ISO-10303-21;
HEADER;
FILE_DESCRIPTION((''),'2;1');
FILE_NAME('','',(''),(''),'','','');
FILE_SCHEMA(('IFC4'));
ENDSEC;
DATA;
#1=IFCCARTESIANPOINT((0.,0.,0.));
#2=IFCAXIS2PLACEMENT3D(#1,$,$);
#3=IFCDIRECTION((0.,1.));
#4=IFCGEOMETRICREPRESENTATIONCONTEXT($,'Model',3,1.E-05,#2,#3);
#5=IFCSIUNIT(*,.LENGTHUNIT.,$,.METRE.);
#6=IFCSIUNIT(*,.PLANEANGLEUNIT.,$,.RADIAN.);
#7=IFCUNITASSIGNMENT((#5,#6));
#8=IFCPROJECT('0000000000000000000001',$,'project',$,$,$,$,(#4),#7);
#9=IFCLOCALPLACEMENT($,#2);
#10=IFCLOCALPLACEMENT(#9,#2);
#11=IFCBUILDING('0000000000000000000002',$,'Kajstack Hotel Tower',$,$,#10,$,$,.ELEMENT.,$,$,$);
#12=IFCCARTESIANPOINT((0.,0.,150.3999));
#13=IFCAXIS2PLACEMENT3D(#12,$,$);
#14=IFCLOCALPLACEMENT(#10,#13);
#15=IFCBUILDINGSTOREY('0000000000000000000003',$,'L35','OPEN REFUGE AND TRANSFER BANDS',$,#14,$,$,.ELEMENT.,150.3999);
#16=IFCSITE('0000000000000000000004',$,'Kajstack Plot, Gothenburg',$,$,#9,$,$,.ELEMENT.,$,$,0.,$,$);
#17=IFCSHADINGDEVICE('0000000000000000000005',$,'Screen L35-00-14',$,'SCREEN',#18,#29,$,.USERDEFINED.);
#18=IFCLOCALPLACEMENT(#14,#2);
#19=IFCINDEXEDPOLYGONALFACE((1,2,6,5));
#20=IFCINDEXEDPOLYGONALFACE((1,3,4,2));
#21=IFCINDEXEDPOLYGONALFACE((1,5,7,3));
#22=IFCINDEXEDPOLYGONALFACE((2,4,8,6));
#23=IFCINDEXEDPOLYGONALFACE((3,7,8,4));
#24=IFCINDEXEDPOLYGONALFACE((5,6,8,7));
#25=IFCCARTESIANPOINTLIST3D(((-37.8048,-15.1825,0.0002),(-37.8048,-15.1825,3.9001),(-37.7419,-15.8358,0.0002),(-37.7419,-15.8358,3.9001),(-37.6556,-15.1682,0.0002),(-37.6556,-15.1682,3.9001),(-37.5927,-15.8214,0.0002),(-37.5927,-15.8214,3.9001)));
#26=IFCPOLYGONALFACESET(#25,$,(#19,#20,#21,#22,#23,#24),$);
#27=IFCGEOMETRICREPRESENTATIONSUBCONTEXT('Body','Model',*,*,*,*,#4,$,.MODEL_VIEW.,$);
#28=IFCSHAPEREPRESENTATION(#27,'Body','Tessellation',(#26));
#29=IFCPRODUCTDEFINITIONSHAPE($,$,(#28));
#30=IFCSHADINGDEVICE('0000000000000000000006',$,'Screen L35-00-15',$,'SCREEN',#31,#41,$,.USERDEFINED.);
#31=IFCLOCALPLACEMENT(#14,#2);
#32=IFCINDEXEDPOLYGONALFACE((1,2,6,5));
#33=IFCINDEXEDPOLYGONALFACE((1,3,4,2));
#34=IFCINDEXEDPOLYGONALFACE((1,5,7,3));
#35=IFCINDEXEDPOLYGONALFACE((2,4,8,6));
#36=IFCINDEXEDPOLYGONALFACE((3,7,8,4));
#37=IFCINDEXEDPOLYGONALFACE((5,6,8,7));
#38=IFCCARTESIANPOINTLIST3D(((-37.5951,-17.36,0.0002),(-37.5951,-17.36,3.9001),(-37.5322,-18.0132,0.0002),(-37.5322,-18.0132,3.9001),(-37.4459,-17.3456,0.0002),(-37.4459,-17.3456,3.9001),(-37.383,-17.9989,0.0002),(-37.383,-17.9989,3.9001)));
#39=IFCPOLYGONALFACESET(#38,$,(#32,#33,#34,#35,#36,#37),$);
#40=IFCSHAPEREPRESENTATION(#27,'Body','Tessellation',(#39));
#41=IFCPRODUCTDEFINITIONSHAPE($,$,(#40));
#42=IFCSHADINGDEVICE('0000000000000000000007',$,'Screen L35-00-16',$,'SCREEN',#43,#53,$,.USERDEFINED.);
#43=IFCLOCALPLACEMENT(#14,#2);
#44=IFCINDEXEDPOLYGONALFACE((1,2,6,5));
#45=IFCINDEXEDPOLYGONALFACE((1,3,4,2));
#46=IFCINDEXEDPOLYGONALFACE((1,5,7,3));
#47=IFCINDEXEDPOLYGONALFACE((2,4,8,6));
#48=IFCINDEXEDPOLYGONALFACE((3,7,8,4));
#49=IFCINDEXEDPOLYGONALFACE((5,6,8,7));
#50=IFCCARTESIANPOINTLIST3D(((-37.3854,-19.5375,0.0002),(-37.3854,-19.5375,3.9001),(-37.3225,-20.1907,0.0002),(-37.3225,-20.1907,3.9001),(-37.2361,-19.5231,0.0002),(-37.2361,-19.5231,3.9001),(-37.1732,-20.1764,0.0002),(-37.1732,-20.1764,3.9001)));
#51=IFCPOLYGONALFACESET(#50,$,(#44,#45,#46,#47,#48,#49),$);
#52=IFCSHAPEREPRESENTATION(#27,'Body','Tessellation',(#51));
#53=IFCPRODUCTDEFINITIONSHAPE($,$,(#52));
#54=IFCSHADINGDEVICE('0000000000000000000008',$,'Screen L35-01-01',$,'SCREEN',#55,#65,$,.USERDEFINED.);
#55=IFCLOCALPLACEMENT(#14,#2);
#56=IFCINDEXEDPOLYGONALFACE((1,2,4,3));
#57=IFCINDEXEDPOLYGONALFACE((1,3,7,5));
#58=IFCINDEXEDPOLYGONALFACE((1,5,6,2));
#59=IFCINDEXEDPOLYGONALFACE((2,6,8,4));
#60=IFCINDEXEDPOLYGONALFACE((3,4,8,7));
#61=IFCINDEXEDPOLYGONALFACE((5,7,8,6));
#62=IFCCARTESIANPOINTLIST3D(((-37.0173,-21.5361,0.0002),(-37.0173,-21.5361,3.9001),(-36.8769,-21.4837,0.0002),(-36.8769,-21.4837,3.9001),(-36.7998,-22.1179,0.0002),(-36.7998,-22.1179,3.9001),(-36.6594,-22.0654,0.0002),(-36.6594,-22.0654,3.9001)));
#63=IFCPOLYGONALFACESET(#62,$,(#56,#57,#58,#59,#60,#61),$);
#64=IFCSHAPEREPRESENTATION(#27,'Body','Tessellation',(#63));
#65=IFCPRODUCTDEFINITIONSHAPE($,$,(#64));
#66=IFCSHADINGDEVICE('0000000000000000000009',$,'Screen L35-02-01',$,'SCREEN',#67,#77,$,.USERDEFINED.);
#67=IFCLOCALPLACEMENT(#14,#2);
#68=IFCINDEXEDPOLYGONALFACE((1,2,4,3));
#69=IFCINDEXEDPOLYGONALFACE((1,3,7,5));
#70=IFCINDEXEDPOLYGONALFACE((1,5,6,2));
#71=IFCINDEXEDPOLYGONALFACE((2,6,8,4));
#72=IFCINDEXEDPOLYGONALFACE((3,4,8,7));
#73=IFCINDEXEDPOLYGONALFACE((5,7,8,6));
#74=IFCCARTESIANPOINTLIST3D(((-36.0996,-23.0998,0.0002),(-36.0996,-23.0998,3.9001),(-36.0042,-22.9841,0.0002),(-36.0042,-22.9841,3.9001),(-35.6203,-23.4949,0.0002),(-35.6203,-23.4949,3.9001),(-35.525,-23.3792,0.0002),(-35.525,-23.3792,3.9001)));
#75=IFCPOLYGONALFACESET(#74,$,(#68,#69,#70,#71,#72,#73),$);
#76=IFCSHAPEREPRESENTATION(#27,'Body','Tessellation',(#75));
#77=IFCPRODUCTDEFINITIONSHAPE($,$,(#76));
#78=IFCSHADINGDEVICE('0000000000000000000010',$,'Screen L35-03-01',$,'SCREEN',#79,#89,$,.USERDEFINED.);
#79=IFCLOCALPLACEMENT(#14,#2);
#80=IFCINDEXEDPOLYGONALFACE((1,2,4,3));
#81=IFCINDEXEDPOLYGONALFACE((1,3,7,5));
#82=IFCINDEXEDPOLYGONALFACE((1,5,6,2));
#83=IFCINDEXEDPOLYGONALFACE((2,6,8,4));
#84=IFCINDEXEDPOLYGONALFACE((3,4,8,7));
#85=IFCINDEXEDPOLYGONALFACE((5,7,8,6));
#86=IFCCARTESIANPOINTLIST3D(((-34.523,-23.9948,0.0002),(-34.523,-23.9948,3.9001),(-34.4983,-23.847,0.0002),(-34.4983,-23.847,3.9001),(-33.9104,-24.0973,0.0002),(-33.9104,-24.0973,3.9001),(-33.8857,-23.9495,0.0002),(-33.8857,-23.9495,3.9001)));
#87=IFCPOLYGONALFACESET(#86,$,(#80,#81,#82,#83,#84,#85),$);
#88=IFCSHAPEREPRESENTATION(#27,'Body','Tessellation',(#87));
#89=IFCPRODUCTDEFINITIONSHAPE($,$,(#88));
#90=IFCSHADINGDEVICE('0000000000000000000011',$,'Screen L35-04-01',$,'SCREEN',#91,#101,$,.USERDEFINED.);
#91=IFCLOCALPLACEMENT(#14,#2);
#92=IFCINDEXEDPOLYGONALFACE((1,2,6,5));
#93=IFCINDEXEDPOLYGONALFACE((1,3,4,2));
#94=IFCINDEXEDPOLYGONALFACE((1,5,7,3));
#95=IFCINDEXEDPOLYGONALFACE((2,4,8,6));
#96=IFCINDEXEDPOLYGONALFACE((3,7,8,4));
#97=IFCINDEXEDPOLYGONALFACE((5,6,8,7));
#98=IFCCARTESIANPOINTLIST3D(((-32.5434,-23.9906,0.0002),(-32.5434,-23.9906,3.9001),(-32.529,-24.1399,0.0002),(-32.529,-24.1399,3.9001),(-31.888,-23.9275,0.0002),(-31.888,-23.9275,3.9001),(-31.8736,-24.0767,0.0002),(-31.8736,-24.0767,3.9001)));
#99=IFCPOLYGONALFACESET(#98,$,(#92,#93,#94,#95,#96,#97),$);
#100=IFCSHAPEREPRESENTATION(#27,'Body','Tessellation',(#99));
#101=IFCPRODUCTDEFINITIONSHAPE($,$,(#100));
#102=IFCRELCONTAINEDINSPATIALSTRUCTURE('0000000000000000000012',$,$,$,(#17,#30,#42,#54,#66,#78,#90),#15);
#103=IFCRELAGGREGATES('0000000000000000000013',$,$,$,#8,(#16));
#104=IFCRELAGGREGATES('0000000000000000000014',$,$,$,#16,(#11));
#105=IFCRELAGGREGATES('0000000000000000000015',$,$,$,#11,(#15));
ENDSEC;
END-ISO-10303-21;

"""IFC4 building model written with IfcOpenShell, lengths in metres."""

from ifc_helpers import new_model, si_unit, direction, frame, origin, origin_2d, place, context, subcontext, project, spatial, rectangle, extrude, element, save


model = new_model("IFC4")

# Units and contexts
model_context = context("Model", 3, precision=1e-05, world=origin(), true_north=direction((0.0, 1.0)))
body_context = subcontext(model_context, "Body", "Model", "MODEL_VIEW")
ifc_project = project(units=[si_unit("LENGTHUNIT", "METRE"), si_unit("PLANEANGLEUNIT", "RADIAN")], contexts=[model_context])

# Site, building, storey
site_placement = place(None, origin())
site = spatial("IfcSite", under=ifc_project, at=site_placement, Name="Kajstack Plot, Gothenburg", CompositionType="ELEMENT", RefElevation=0.0)
building_placement = place(site_placement, origin())
building = spatial("IfcBuilding", under=site, at=building_placement, Name="Kajstack Hotel Tower", CompositionType="ELEMENT")
storey_placement = place(building_placement, frame((0.0, 0.0, 150.3999)))
storey = spatial("IfcBuildingStorey", under=building, at=storey_placement, Name="L35", Description="OPEN REFUGE AND TRANSFER BANDS", CompositionType="ELEMENT", Elevation=150.3999)

# Shading devices
for number, where, z_axis, x_axis, name in (
    (1, (-37.6987, -15.502, 0.0002), (0.0, 0.0, 1.0), (0.095846, -0.995396, 0.0), "Screen L35-00-14"),
    (2, (-37.489, -17.6794, 0.0002), (0.0, 0.0, 1.0), (0.095846, -0.995396, 0.0), "Screen L35-00-15"),
    (3, (-37.2793, -19.8569, 0.0002), (0.0, 0.0, 1.0), (0.095846, -0.995396, 0.0), "Screen L35-00-16"),
):
    element("IfcShadingDevice", number, at=place(storey_placement, frame(where, z_axis=z_axis, x_axis=x_axis)), inside=storey, Name=name, ObjectType="SCREEN", PredefinedType="USERDEFINED", context=body_context, shape_type="SweptSolid", body=[
        extrude(rectangle(XDim=0.6562, YDim=0.1499, at=origin_2d()), origin(), (0.0, 0.0, 1.0), 3.8999),
    ])
for number, where, z_axis, x_axis, name in (
    (4, (-36.8384, -21.8008, 0.0002), (0.0, 0.0, 1.0), (0.350186, -0.93668, 0.0), "Screen L35-01-01"),
    (5, (-35.8123, -23.2395, 0.0002), (0.0, 0.0, 1.0), (0.771635, -0.636066, 0.0), "Screen L35-02-01"),
    (6, (-34.2043, -23.9722, 0.0002), (0.0, 0.0, 1.0), (0.986288, -0.165033, 0.0), "Screen L35-03-01"),
):
    element("IfcShadingDevice", number, at=place(storey_placement, frame(where, z_axis=z_axis, x_axis=x_axis)), inside=storey, Name=name, ObjectType="SCREEN", PredefinedType="USERDEFINED", context=body_context, shape_type="SweptSolid", body=[
        extrude(rectangle(XDim=0.6211, YDim=0.1499, at=origin_2d()), origin(), (0.0, 0.0, 1.0), 3.8999),
    ])
shading_device_placement = place(storey_placement, frame((-32.2085, -24.0337, 0.0002), z_axis=(0.0, 0.0, 1.0), x_axis=(0.995396, 0.095846, 0.0)))
element("IfcShadingDevice", 7, at=shading_device_placement, inside=storey, Name="Screen L35-04-01", ObjectType="SCREEN", PredefinedType="USERDEFINED", context=body_context, shape_type="SweptSolid", body=[
    extrude(rectangle(XDim=0.6584, YDim=0.1499, at=origin_2d()), origin(), (0.0, 0.0, 1.0), 3.8999),
])

save(model, "model.ifc")
